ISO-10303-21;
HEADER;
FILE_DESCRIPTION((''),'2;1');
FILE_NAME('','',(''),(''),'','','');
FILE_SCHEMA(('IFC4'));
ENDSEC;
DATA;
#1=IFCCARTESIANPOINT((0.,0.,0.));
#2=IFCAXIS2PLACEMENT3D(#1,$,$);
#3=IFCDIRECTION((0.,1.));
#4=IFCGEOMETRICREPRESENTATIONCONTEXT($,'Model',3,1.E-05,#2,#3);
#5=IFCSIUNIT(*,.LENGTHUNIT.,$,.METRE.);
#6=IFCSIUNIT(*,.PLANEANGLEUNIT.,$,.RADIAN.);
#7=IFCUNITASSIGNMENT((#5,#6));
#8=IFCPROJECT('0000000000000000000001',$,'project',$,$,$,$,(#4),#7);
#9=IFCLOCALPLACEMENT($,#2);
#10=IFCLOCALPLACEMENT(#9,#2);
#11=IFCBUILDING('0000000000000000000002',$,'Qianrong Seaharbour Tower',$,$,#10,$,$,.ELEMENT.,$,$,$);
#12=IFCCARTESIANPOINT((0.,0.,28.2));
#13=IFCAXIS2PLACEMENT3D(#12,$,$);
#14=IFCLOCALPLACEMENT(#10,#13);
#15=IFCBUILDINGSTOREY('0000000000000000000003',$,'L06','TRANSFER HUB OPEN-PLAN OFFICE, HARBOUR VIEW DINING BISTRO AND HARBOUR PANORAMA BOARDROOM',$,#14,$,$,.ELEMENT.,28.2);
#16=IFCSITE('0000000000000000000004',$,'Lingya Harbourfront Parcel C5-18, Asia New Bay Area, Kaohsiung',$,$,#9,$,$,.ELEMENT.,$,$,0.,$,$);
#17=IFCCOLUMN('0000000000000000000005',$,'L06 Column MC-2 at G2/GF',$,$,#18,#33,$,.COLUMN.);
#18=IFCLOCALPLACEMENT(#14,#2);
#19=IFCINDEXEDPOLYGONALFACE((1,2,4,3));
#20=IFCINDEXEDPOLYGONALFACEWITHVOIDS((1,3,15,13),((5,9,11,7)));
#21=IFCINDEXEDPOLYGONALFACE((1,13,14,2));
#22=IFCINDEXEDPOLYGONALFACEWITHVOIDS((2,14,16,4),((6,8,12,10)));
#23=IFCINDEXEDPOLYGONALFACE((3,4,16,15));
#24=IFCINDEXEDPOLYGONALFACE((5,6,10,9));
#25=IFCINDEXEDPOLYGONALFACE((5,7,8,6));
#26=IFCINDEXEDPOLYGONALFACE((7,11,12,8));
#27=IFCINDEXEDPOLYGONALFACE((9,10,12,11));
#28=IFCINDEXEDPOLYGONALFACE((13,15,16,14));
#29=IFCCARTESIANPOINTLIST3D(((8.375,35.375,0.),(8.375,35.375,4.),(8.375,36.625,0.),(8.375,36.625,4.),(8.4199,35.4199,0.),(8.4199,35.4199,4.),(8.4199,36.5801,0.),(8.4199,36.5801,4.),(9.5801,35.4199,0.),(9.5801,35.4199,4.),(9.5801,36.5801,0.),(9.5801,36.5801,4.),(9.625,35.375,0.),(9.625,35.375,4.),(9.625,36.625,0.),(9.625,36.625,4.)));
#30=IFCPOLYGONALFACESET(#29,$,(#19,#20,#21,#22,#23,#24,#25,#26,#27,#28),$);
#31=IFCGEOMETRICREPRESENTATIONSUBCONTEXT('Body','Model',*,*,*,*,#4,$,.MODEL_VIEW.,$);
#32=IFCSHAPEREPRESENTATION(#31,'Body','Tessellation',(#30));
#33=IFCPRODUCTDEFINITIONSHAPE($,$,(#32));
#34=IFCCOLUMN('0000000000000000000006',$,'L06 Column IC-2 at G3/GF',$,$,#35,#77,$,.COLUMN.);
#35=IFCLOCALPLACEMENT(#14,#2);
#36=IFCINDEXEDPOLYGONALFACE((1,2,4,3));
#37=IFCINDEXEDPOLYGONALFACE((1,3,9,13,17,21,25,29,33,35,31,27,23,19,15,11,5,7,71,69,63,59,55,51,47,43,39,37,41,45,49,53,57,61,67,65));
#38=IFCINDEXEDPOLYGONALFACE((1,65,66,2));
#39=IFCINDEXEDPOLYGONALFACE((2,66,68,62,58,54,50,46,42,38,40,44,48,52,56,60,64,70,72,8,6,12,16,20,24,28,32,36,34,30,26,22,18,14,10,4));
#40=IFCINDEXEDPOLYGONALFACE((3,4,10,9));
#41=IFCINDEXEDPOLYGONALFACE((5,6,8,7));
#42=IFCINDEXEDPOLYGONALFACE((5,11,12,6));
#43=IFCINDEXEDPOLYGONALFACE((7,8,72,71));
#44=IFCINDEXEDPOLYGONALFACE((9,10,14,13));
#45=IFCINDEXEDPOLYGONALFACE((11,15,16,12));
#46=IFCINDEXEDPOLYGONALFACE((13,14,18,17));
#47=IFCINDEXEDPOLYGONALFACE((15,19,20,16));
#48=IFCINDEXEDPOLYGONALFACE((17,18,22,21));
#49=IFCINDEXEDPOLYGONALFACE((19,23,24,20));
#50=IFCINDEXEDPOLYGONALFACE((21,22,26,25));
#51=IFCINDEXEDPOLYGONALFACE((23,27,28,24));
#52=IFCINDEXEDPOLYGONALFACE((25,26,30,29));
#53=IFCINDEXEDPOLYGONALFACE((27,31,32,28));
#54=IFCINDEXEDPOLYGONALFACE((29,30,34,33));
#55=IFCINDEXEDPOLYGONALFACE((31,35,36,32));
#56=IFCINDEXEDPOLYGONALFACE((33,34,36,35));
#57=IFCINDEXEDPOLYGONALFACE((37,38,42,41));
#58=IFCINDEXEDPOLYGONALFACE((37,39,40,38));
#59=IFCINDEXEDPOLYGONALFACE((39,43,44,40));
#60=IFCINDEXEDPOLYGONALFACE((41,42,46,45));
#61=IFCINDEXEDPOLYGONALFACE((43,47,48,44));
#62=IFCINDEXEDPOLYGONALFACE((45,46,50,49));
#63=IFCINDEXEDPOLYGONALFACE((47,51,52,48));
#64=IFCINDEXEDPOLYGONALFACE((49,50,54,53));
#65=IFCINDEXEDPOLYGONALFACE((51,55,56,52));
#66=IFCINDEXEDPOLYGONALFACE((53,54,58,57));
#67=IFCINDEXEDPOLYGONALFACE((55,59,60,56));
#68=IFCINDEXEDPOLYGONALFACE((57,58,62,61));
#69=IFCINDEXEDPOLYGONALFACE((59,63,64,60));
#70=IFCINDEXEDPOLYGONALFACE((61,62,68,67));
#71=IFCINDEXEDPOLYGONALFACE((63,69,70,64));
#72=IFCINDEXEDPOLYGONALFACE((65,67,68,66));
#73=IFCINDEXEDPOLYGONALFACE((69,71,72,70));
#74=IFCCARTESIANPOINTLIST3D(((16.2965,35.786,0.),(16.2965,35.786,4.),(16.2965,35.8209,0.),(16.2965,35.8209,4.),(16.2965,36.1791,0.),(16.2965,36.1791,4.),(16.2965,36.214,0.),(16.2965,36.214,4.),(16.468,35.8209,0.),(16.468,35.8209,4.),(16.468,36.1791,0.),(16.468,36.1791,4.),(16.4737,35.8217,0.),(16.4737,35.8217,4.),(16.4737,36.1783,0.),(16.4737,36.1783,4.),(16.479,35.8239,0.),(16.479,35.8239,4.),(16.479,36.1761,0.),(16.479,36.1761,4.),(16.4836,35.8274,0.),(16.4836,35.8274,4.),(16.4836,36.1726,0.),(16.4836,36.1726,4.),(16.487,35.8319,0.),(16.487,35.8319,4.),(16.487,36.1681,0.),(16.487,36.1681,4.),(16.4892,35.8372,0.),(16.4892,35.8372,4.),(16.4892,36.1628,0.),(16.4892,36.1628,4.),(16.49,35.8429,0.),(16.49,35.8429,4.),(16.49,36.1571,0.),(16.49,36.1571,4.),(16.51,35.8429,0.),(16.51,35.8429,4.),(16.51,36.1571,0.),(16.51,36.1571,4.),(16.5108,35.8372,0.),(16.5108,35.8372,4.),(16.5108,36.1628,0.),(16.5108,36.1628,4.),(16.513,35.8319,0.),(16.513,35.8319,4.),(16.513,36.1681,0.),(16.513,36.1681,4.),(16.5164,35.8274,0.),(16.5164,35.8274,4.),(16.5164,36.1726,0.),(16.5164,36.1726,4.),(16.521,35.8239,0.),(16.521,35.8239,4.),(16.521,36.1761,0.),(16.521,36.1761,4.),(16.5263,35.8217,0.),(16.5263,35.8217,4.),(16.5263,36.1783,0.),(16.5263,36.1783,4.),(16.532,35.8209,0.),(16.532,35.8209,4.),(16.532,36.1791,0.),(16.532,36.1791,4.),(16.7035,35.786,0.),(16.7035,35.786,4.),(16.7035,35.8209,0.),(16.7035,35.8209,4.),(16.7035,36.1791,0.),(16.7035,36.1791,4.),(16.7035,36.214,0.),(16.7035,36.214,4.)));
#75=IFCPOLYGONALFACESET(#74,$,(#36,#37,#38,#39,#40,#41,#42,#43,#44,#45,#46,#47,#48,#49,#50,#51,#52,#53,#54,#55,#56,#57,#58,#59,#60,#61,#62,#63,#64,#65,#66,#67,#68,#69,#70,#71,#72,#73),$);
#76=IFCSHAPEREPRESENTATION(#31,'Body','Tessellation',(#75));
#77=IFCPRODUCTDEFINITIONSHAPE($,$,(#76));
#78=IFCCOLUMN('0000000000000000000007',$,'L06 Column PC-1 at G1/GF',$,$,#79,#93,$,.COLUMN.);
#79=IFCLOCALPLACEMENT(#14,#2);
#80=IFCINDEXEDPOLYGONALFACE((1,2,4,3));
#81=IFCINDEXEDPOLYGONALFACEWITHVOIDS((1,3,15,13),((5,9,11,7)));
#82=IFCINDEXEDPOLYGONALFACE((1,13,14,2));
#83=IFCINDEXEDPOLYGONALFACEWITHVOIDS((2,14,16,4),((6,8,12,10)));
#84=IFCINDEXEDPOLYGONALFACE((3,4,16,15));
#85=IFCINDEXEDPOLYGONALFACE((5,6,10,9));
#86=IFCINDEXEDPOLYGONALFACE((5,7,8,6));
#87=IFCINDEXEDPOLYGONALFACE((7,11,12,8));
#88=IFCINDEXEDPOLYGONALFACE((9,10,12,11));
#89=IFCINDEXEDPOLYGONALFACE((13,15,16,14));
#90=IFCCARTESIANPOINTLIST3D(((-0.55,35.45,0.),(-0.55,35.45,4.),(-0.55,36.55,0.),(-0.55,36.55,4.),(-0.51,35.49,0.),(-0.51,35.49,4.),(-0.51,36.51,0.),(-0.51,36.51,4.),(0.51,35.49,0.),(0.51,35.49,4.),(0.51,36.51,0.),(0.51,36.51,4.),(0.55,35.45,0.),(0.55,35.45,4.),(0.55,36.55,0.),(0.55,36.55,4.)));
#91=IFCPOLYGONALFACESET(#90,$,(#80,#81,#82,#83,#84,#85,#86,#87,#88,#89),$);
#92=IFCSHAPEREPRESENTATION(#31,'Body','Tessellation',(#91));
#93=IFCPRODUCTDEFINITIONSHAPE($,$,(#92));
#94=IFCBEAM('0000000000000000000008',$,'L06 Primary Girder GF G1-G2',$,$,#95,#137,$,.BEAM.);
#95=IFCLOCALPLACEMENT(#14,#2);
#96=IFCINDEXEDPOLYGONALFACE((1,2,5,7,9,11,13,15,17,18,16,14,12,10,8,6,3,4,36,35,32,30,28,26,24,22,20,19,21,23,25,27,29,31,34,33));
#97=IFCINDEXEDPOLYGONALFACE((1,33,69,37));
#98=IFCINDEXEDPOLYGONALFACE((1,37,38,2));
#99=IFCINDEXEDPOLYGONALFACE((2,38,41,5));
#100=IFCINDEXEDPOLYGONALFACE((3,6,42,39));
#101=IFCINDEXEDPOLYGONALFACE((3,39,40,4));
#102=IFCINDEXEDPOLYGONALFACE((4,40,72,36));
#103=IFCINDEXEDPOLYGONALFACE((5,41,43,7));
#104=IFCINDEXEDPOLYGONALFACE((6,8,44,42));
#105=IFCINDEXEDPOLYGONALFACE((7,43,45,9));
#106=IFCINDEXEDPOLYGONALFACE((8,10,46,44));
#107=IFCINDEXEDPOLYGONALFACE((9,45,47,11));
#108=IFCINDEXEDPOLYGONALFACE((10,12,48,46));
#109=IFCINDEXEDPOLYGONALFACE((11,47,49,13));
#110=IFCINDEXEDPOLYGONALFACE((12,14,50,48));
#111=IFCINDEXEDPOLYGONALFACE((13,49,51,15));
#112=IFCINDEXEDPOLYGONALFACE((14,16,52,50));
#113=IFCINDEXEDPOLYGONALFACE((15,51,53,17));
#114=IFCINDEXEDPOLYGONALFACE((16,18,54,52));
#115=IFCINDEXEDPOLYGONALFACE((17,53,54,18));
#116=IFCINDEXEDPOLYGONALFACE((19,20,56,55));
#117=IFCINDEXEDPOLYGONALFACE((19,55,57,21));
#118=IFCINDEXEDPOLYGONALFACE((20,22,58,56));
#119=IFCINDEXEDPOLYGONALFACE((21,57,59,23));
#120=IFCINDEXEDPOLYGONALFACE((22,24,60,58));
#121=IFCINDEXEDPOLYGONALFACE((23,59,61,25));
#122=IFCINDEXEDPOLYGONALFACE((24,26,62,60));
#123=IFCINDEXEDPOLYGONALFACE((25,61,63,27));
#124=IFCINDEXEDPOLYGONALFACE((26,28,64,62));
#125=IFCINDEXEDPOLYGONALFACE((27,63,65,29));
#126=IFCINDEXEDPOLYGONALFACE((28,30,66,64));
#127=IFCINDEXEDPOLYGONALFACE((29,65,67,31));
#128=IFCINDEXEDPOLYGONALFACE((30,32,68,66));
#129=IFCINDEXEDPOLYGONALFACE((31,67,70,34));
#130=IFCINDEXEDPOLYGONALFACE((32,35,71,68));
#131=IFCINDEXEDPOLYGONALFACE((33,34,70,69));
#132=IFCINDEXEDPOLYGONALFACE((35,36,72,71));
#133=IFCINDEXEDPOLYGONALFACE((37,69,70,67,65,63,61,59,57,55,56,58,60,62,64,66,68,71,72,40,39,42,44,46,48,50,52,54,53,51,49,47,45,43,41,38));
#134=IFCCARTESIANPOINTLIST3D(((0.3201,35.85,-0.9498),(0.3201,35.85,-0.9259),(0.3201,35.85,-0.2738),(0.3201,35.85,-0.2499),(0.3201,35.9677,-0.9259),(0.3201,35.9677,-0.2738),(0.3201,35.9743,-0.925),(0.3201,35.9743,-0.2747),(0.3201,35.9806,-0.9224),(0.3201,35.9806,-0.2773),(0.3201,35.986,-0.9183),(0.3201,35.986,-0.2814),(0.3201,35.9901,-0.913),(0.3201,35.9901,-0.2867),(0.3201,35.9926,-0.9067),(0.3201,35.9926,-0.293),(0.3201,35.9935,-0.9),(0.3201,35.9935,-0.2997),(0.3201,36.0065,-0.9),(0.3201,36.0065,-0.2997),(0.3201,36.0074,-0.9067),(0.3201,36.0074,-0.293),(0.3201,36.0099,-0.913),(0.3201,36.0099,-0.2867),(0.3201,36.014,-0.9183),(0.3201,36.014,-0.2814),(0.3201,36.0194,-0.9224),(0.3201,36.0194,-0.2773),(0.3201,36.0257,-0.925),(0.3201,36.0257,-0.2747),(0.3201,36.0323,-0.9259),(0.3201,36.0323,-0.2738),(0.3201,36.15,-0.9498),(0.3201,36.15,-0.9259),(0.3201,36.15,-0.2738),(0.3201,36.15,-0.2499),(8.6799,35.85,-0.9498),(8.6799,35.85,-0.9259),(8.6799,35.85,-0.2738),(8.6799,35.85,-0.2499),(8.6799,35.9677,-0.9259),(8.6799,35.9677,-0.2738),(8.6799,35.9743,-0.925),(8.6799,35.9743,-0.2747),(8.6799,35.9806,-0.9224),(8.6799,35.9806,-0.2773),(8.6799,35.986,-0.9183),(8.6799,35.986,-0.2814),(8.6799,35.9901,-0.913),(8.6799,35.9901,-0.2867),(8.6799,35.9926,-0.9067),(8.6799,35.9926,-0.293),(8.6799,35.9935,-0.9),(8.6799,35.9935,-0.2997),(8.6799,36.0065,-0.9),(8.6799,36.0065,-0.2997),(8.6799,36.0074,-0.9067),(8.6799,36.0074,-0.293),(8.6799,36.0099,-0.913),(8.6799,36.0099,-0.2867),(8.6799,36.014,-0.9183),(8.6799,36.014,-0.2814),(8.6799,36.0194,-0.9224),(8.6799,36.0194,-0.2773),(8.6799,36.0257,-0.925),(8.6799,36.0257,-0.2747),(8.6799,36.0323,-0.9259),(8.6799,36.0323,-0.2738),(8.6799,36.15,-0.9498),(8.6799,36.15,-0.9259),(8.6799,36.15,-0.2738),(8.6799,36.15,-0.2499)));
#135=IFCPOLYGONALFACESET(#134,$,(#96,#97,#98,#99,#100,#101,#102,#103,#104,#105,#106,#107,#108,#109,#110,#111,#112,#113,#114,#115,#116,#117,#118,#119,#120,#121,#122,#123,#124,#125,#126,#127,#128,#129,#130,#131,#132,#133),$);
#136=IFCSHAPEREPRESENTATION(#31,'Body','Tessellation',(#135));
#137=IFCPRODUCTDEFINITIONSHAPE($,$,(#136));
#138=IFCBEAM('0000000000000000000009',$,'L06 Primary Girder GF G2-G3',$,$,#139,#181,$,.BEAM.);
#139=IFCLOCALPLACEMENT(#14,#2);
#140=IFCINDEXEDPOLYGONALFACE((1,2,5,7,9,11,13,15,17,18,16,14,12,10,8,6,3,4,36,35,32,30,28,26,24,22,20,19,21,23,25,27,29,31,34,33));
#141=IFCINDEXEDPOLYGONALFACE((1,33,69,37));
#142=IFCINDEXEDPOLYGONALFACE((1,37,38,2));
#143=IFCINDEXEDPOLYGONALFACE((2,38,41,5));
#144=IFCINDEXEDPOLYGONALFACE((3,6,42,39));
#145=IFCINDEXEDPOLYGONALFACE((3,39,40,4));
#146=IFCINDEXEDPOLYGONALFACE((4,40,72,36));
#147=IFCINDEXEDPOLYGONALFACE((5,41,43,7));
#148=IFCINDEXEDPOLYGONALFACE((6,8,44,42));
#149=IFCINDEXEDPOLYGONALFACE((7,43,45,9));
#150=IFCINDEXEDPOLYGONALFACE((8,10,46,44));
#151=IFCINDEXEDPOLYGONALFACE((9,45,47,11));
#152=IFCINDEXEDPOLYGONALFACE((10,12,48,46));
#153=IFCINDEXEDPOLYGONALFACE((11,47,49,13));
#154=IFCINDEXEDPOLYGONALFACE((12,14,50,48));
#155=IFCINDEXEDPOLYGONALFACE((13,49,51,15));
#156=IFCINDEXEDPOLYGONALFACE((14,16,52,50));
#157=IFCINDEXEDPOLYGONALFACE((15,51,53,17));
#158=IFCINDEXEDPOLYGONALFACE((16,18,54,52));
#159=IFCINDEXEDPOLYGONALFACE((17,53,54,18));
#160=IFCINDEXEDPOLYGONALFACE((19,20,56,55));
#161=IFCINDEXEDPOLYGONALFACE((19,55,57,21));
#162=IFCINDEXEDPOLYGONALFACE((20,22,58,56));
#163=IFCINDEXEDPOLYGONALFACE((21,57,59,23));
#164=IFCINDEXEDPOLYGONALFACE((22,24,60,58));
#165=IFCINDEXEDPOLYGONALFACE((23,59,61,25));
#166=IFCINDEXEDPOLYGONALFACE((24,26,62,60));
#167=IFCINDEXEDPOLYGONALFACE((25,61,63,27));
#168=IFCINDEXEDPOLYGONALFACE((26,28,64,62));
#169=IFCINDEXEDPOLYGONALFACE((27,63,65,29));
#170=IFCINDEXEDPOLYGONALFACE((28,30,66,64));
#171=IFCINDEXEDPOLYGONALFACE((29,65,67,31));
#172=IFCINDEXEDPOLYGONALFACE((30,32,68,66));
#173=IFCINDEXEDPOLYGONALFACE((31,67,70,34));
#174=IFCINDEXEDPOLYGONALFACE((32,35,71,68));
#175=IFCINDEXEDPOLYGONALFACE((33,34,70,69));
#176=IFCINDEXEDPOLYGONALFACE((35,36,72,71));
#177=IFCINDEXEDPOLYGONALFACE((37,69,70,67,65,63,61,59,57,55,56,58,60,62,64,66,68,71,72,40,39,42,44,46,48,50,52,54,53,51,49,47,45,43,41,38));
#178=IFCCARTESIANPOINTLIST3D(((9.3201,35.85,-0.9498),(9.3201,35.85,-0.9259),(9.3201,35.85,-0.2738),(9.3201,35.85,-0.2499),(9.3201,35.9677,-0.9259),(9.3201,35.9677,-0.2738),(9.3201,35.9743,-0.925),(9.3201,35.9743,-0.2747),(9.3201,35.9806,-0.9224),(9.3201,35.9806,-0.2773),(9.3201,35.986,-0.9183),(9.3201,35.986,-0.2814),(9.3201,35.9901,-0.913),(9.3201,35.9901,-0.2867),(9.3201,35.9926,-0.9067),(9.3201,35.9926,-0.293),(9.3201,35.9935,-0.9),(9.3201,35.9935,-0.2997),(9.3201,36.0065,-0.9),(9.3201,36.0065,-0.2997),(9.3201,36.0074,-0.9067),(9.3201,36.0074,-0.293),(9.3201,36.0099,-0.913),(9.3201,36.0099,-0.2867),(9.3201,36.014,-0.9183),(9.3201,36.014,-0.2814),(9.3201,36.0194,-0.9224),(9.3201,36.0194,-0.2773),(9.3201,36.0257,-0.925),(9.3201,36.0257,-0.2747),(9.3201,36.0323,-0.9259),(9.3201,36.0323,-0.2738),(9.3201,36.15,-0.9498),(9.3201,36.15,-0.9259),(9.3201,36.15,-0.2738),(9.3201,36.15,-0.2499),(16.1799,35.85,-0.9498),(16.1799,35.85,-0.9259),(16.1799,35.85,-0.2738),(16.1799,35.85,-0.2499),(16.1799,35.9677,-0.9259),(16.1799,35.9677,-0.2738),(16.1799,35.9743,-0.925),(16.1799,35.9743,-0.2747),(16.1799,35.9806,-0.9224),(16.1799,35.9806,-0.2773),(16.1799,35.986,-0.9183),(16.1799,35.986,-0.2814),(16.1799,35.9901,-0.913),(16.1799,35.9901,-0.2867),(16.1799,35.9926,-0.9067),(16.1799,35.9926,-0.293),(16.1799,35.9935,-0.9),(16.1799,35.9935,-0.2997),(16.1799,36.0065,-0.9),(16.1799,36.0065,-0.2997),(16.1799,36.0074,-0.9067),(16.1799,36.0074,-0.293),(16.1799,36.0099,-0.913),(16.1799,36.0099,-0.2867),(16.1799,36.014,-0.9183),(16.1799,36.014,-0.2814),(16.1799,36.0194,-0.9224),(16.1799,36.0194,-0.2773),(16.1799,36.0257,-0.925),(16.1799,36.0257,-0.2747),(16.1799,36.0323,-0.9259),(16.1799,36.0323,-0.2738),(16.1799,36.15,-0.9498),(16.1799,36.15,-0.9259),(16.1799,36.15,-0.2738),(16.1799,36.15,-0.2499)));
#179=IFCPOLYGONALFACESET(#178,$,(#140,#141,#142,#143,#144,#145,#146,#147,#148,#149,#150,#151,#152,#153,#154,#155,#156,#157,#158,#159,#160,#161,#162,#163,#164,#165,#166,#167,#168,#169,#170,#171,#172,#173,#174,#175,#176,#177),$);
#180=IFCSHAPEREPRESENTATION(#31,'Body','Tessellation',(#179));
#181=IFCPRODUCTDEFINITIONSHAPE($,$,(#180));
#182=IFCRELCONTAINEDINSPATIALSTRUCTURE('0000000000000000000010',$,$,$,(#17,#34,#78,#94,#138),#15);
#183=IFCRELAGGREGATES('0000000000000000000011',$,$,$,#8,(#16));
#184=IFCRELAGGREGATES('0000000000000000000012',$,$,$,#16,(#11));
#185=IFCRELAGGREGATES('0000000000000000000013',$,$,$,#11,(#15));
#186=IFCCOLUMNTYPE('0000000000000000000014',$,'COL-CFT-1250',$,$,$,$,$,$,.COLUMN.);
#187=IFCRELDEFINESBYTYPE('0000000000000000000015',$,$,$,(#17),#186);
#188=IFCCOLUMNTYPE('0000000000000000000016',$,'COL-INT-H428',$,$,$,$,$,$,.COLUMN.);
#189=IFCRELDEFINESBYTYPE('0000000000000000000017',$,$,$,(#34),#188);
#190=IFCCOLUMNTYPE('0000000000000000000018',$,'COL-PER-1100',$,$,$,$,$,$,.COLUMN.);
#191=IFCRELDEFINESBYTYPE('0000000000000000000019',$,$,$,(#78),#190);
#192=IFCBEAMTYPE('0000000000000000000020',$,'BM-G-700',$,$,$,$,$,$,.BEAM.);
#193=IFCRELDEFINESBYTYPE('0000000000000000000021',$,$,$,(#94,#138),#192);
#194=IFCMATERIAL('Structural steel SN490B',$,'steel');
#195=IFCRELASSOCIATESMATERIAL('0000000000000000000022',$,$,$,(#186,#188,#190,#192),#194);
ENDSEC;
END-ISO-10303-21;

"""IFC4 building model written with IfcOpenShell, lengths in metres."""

from ifc_helpers import new_model, si_unit, direction, frame, origin, origin_2d, place, context, subcontext, project, spatial, hollow_rectangle, i_section, extrude, material, material_profile, profile_set, type_object, element, save


model = new_model("IFC4")

# Units and contexts
model_context = context("Model", 3, precision=1e-05, world=origin(), true_north=direction((0.0, 1.0)))
body_context = subcontext(model_context, "Body", "Model", "MODEL_VIEW")
ifc_project = project(units=[si_unit("LENGTHUNIT", "METRE"), si_unit("PLANEANGLEUNIT", "RADIAN")], contexts=[model_context])

# Site, building, storey
site_placement = place(None, origin())
site = spatial("IfcSite", under=ifc_project, at=site_placement, Name="Lingya Harbourfront Parcel C5-18, Asia New Bay Area, Kaohsiung", CompositionType="ELEMENT", RefElevation=0.0)
building_placement = place(site_placement, origin())
building = spatial("IfcBuilding", under=site, at=building_placement, Name="Qianrong Seaharbour Tower", CompositionType="ELEMENT")
storey_placement = place(building_placement, frame((0.0, 0.0, 28.2)))
storey = spatial("IfcBuildingStorey", under=building, at=storey_placement, Name="L06", Description="TRANSFER HUB OPEN-PLAN OFFICE, HARBOUR VIEW DINING BISTRO AND HARBOUR PANORAMA BOARDROOM", CompositionType="ELEMENT", Elevation=28.2)

# Columns
ifc_material_1 = material(Name="Structural steel SN490B", Category="steel")
ifc_material_profile_1 = material_profile(ifc_material_1, hollow_rectangle(XDim=1.25, YDim=1.25, WallThickness=0.0449, at=origin_2d()), Name="BOX1250x1250x45")
ifc_profile_set_1 = profile_set([ifc_material_profile_1], Name="Structural steel SN490B")
column_type_1 = type_object("IfcColumnType", Name="COL-CFT-1250", PredefinedType="COLUMN", material=ifc_profile_set_1)
column_1_placement = place(storey_placement, frame((9.0, 36.0, 0.0), z_axis=(0.0, 0.0, 1.0), x_axis=(1.0, 0.0, 0.0)))
element("IfcColumn", 1, at=column_1_placement, inside=storey, type_object=column_type_1, Name="L06 Column MC-2 at G2/GF", PredefinedType="COLUMN", context=body_context, shape_type="SweptSolid", body=[
    extrude(hollow_rectangle(XDim=1.25, YDim=1.25, WallThickness=0.0449, at=origin_2d()), origin(), (0.0, 0.0, 1.0), 4.0),
])
ifc_material_profile_2 = material_profile(ifc_material_1, i_section(OverallWidth=0.407, OverallDepth=0.428, WebThickness=0.02, FlangeThickness=0.0349, FilletRadius=0.022, at=origin_2d()), Name="H428x407x20x35")
ifc_profile_set_2 = profile_set([ifc_material_profile_2], Name="Structural steel SN490B")
column_type_2 = type_object("IfcColumnType", Name="COL-INT-H428", PredefinedType="COLUMN", material=ifc_profile_set_2)
column_2_placement = place(storey_placement, frame((16.5, 36.0, 0.0), z_axis=(0.0, 0.0, 1.0), x_axis=(1.0, 0.0, 0.0)))
element("IfcColumn", 2, at=column_2_placement, inside=storey, type_object=column_type_2, Name="L06 Column IC-2 at G3/GF", PredefinedType="COLUMN", context=body_context, shape_type="SweptSolid", body=[
    extrude(i_section(OverallWidth=0.407, OverallDepth=0.428, WebThickness=0.02, FlangeThickness=0.0349, FilletRadius=0.022, at=origin_2d()), origin(), (0.0, 0.0, 1.0), 4.0),
])
ifc_material_profile_3 = material_profile(ifc_material_1, hollow_rectangle(XDim=1.1001, YDim=1.1001, WallThickness=0.04, at=origin_2d()), Name="BOX1100x1100x40")
ifc_profile_set_3 = profile_set([ifc_material_profile_3], Name="Structural steel SN490B")
column_type_3 = type_object("IfcColumnType", Name="COL-PER-1100", PredefinedType="COLUMN", material=ifc_profile_set_3)
column_3_placement = place(storey_placement, frame((0.0, 36.0, 0.0), z_axis=(0.0, 0.0, 1.0), x_axis=(1.0, 0.0, 0.0)))
element("IfcColumn", 3, at=column_3_placement, inside=storey, type_object=column_type_3, Name="L06 Column PC-1 at G1/GF", PredefinedType="COLUMN", context=body_context, shape_type="SweptSolid", body=[
    extrude(hollow_rectangle(XDim=1.1001, YDim=1.1001, WallThickness=0.04, at=origin_2d()), origin(), (0.0, 0.0, 1.0), 4.0),
])

# Beams
ifc_material_profile_4 = material_profile(ifc_material_1, i_section(OverallWidth=0.3, OverallDepth=0.7, WebThickness=0.0129, FlangeThickness=0.0239, FilletRadius=0.0259, at=origin_2d()), Name="H700x300x13x24")
ifc_profile_set_4 = profile_set([ifc_material_profile_4], Name="Structural steel SN490B")
beam_type_1 = type_object("IfcBeamType", Name="BM-G-700", PredefinedType="BEAM", material=ifc_profile_set_4)
beam_1_placement = place(storey_placement, frame((0.3201, 36.0, -0.5999), z_axis=(1.0, 0.0, 0.0), x_axis=(0.0, 1.0, 0.0)))
element("IfcBeam", 4, at=beam_1_placement, inside=storey, type_object=beam_type_1, Name="L06 Primary Girder GF G1-G2", PredefinedType="BEAM", context=body_context, shape_type="SweptSolid", body=[
    extrude(i_section(OverallWidth=0.3, OverallDepth=0.7, WebThickness=0.0129, FlangeThickness=0.0239, FilletRadius=0.0259, at=origin_2d()), origin(), (0.0, 0.0, 1.0), 8.3599),
])
beam_2_placement = place(storey_placement, frame((9.3201, 36.0, -0.5999), z_axis=(1.0, 0.0, 0.0), x_axis=(0.0, 1.0, 0.0)))
element("IfcBeam", 5, at=beam_2_placement, inside=storey, type_object=beam_type_1, Name="L06 Primary Girder GF G2-G3", PredefinedType="BEAM", context=body_context, shape_type="SweptSolid", body=[
    extrude(i_section(OverallWidth=0.3, OverallDepth=0.7, WebThickness=0.0129, FlangeThickness=0.0239, FilletRadius=0.0259, at=origin_2d()), origin(), (0.0, 0.0, 1.0), 6.8599),
])

save(model, "model.ifc")
